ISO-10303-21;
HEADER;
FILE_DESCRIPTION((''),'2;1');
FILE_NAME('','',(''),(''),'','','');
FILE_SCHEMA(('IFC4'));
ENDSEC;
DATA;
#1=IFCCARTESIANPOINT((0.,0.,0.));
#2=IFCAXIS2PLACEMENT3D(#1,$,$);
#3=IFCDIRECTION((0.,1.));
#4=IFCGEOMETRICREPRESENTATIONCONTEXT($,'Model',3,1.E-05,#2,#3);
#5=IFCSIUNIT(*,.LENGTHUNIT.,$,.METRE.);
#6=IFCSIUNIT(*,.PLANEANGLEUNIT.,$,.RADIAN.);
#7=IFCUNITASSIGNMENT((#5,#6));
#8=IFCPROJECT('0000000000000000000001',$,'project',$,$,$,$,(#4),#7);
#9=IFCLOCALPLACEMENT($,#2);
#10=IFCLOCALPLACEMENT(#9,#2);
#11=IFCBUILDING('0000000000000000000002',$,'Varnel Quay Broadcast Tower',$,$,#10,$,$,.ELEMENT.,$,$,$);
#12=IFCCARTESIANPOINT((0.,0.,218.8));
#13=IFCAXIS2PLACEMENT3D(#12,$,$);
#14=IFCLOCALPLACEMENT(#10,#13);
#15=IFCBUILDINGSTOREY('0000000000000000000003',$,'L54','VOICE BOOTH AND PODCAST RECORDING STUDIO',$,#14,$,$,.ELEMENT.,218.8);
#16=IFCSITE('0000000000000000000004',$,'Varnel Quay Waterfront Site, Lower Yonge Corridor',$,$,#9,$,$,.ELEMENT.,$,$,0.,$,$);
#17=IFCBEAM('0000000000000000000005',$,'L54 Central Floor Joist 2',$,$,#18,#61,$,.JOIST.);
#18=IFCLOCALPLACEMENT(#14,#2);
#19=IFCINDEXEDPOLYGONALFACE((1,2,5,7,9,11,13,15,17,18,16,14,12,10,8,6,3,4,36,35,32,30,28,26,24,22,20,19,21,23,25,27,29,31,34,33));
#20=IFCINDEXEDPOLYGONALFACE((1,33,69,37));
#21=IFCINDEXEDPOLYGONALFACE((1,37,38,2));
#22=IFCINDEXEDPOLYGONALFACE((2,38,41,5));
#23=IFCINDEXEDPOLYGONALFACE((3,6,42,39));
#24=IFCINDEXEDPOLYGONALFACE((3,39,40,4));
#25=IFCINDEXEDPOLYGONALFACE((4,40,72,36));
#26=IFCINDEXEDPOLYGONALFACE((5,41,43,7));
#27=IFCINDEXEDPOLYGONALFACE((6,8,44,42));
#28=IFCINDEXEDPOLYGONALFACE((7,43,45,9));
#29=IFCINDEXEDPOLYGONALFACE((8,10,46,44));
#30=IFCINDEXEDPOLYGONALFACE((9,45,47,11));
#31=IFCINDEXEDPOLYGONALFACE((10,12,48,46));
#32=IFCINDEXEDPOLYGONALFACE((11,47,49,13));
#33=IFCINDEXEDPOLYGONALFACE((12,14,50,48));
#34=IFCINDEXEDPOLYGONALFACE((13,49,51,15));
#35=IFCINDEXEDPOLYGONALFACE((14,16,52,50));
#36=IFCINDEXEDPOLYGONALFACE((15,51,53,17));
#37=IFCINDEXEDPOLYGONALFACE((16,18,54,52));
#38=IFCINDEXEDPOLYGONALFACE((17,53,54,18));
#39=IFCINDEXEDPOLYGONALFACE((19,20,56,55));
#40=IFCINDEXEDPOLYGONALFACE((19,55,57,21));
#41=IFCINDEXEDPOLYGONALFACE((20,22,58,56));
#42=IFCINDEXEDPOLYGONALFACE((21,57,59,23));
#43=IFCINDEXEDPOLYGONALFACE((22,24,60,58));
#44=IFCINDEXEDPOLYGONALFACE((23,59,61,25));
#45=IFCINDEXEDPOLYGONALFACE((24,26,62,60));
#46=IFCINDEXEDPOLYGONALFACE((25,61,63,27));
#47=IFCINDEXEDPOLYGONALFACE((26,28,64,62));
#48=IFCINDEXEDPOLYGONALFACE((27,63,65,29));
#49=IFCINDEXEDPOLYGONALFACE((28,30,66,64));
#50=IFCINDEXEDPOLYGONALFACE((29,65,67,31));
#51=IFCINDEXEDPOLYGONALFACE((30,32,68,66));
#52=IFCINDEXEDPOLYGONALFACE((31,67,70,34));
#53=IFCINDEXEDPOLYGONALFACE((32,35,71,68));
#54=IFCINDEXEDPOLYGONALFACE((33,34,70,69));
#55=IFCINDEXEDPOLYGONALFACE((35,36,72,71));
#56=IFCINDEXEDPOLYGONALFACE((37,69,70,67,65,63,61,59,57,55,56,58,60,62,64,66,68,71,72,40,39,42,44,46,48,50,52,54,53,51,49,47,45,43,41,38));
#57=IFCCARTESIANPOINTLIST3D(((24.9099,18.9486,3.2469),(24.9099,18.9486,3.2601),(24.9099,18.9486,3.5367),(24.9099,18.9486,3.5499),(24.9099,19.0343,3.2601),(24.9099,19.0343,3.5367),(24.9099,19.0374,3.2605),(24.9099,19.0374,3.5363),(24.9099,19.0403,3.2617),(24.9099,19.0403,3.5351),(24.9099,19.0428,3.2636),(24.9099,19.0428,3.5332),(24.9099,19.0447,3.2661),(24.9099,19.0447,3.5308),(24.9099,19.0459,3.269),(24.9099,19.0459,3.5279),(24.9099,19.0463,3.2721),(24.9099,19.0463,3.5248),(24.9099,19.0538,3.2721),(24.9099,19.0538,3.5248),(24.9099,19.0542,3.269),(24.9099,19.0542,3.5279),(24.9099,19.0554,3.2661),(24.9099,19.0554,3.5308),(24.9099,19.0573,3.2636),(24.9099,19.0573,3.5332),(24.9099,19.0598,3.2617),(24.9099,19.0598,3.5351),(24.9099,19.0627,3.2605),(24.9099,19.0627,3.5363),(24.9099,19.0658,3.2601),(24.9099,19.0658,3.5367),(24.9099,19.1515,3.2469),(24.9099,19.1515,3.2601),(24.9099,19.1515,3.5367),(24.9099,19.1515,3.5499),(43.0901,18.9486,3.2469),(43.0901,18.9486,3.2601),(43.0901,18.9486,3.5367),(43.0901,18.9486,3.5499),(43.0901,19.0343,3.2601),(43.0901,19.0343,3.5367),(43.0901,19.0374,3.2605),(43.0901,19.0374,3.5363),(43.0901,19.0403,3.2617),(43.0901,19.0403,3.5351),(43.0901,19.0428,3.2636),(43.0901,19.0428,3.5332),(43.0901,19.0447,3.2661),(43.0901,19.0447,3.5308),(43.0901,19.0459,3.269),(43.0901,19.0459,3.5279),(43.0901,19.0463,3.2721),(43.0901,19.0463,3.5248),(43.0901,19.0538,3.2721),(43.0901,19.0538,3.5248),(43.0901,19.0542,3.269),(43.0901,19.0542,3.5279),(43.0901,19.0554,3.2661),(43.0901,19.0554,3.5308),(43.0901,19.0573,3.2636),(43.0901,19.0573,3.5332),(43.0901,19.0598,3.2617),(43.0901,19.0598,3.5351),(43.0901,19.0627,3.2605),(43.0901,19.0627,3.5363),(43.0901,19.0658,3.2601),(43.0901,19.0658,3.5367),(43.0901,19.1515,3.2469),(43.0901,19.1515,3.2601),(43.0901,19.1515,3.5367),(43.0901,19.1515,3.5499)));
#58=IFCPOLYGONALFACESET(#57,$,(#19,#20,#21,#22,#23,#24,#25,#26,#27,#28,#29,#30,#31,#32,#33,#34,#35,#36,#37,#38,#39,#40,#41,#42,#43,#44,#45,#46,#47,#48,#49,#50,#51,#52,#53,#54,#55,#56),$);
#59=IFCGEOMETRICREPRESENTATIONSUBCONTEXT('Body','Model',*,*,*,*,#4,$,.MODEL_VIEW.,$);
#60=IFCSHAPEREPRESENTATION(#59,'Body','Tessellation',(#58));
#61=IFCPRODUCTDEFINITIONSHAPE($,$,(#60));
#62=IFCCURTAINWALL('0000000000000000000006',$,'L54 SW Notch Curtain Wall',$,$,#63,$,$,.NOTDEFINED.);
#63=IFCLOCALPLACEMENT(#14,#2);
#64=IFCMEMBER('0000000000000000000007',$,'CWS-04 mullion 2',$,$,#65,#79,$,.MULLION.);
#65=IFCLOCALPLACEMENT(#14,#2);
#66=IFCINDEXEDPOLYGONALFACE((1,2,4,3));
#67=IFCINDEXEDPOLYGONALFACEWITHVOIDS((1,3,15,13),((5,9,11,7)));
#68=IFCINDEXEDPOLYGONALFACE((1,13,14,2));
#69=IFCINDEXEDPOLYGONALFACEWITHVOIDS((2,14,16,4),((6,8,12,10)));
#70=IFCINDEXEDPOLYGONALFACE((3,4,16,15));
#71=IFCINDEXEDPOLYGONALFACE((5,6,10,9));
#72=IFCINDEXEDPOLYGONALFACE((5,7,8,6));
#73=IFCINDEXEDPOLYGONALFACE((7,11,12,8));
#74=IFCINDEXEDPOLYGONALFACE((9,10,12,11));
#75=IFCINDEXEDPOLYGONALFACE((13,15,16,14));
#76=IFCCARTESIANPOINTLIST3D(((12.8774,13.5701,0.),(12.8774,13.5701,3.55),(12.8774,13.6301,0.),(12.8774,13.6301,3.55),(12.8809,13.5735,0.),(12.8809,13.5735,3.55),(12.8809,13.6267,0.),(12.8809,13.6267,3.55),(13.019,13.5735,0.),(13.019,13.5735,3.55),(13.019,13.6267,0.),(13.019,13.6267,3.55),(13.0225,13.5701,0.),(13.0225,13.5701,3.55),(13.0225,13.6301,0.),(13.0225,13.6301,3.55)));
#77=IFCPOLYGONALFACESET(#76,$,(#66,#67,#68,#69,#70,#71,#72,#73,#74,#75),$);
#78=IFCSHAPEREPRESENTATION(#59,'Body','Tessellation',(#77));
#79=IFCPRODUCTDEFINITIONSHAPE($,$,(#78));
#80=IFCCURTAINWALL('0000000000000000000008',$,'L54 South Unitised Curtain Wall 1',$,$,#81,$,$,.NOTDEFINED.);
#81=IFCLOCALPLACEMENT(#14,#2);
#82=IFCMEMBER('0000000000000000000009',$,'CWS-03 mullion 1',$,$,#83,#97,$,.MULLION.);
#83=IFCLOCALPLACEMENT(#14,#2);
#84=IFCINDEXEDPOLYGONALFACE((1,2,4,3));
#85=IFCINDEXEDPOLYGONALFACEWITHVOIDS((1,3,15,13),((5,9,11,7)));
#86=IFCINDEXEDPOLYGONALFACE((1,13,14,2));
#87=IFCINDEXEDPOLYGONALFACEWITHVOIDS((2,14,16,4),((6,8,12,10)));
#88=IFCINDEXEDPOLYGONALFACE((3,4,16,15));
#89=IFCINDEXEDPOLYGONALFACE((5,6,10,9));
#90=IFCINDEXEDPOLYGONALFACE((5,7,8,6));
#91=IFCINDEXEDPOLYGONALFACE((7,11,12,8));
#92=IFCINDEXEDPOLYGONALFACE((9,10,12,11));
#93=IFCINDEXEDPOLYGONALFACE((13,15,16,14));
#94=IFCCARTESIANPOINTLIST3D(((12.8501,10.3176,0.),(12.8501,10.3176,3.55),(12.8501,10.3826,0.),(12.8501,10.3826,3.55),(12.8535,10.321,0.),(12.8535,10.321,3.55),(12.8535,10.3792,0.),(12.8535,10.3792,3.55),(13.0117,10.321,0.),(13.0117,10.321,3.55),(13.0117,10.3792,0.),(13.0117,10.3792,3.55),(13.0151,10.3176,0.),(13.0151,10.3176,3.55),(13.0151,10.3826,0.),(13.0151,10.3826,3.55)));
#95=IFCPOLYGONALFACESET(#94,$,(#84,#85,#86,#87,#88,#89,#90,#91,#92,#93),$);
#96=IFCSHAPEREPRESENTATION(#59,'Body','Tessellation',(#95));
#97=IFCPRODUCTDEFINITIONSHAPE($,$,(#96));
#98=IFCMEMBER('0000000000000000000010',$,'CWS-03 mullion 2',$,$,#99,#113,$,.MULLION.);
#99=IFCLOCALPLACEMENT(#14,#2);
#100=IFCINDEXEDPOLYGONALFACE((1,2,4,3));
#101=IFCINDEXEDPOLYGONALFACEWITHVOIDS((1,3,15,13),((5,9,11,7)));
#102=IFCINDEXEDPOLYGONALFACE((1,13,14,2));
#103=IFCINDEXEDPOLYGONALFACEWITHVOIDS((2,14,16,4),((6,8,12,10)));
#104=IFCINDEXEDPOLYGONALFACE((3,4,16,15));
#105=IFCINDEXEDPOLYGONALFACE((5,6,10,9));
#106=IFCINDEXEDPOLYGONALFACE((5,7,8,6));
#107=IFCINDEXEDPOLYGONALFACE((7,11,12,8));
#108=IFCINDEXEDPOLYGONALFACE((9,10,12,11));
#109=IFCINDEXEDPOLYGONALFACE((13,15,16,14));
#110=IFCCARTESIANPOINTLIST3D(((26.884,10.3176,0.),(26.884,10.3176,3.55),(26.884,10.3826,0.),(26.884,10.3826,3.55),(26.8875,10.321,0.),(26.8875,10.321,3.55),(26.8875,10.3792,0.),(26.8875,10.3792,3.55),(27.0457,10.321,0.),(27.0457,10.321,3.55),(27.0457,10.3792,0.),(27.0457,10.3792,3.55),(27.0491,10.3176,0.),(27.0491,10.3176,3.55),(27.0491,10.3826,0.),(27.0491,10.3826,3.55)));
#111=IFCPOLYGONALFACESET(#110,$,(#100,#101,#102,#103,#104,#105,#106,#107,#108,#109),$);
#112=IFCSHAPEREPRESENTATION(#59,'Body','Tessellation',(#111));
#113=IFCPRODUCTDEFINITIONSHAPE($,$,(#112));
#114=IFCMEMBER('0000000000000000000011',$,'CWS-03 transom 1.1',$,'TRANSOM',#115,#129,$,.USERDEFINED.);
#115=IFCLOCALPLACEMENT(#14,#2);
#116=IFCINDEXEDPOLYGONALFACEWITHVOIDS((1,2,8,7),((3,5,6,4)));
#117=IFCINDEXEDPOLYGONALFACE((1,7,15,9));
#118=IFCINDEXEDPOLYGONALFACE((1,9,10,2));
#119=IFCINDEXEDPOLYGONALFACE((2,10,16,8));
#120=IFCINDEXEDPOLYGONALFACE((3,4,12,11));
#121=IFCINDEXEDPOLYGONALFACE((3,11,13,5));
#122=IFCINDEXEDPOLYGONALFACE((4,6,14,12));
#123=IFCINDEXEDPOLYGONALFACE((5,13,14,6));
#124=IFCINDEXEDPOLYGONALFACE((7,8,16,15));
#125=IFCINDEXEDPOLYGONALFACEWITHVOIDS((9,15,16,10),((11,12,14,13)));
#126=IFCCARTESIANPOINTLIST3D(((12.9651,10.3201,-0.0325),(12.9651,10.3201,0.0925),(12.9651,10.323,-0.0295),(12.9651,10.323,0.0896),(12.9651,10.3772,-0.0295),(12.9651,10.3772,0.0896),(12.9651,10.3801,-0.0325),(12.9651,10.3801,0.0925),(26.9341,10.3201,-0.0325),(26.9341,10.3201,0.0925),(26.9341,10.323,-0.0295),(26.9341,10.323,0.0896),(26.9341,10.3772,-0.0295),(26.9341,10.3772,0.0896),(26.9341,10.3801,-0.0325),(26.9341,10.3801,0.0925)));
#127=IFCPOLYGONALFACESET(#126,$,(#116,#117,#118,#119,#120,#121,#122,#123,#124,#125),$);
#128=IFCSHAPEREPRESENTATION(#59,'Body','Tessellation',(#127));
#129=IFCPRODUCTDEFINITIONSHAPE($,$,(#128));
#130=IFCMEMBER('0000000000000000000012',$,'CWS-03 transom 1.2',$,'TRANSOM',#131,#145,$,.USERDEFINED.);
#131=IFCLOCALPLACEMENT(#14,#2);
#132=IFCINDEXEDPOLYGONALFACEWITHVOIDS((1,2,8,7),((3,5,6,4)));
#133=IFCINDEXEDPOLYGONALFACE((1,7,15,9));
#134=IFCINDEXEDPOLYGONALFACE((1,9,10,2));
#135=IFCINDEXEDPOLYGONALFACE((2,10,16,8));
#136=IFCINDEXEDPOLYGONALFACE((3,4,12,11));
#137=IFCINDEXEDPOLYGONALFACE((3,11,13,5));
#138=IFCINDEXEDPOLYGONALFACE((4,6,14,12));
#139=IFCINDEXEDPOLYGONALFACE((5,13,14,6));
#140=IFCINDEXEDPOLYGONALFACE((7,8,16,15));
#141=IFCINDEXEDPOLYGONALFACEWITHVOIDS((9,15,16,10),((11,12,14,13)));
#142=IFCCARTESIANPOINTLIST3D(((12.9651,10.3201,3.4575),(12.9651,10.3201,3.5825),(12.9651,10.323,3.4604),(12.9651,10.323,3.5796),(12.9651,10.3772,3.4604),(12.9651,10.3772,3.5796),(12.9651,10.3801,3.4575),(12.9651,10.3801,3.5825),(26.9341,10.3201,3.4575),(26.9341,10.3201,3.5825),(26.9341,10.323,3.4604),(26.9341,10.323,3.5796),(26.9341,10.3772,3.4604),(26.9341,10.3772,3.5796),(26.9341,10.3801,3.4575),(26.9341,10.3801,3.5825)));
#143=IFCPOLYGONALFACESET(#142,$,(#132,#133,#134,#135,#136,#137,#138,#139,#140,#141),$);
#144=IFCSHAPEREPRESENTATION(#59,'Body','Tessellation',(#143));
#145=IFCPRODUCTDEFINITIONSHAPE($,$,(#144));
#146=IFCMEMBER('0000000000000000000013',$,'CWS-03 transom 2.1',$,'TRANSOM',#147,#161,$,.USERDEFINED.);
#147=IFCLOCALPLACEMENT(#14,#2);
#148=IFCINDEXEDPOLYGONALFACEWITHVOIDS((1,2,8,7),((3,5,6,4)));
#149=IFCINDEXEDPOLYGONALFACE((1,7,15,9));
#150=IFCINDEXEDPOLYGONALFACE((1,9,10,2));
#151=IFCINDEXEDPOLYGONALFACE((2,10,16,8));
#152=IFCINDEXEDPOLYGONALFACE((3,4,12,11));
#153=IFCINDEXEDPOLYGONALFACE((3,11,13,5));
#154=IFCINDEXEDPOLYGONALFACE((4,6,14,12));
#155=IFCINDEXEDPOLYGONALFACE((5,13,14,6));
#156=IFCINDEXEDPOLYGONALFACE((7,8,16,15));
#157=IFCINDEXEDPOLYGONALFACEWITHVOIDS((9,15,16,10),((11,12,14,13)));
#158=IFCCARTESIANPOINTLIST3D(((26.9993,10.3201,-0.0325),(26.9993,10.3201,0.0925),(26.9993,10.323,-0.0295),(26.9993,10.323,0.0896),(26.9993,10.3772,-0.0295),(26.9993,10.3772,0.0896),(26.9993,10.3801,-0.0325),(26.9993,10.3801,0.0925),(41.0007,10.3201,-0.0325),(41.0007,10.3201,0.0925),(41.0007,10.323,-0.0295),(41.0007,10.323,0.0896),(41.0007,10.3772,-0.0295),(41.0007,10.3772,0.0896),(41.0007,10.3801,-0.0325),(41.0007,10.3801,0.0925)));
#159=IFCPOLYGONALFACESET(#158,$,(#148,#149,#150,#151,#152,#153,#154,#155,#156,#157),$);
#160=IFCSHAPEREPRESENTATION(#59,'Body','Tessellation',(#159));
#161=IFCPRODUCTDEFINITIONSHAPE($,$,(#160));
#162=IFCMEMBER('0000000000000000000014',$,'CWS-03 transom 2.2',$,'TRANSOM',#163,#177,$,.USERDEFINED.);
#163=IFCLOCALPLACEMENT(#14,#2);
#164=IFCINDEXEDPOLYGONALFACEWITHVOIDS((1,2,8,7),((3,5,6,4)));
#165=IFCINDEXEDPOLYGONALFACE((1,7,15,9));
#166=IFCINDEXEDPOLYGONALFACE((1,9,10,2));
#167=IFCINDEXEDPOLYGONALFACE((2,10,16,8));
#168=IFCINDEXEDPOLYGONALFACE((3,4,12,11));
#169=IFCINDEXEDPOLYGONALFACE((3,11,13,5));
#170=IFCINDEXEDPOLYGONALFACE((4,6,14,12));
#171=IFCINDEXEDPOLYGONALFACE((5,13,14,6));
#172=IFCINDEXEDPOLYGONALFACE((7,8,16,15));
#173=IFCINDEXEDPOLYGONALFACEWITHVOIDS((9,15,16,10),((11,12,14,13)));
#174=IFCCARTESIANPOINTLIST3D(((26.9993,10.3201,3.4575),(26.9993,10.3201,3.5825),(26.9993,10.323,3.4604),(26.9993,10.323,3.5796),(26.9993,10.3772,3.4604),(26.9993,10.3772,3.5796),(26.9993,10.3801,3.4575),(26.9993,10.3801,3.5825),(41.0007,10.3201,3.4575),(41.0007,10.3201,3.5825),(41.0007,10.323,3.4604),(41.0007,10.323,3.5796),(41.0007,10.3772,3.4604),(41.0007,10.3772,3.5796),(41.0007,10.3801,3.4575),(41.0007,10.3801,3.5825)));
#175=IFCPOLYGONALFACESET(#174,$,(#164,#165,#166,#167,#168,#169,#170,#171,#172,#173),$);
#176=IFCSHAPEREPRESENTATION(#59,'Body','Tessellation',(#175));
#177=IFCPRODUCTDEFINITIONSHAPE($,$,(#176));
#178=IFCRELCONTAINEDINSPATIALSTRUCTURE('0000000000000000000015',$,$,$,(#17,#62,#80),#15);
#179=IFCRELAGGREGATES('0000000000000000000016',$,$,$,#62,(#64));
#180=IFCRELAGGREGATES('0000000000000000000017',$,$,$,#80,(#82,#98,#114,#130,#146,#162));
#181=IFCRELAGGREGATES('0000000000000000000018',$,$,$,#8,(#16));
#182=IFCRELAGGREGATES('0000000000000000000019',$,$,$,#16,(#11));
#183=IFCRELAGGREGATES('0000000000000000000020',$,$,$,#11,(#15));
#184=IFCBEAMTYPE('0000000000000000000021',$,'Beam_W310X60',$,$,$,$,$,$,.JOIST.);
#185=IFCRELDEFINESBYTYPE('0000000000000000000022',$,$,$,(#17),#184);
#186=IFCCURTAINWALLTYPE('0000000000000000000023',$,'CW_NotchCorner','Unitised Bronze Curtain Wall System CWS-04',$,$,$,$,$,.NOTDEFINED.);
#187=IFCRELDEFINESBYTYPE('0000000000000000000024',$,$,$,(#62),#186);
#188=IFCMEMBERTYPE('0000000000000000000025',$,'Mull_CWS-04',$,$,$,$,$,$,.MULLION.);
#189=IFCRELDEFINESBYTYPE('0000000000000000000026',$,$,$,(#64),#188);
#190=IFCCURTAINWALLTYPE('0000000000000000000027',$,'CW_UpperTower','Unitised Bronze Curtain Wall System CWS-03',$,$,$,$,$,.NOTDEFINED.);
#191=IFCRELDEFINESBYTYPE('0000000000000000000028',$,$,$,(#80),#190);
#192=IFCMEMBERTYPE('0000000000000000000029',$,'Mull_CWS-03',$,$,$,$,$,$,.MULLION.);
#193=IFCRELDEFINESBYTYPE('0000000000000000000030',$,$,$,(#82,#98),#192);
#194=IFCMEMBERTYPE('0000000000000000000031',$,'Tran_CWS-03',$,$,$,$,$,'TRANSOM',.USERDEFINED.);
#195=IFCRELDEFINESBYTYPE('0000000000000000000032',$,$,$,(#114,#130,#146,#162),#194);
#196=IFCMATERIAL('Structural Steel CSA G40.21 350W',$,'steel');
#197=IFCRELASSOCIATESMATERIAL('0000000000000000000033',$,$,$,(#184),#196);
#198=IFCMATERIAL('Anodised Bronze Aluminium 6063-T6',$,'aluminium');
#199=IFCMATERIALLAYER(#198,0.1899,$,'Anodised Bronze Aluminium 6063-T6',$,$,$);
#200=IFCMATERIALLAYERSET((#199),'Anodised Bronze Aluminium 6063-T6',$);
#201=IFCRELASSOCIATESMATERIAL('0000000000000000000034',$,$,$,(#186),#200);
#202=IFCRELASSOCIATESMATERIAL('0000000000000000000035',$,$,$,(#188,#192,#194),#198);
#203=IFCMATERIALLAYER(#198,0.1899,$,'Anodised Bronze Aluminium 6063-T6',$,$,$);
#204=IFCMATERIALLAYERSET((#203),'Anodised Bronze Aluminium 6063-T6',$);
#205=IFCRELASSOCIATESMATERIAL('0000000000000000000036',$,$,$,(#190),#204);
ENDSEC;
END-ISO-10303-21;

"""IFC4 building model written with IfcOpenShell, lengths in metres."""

from ifc_helpers import new_model, si_unit, direction, frame, origin, origin_2d, place, context, subcontext, project, spatial, hollow_rectangle, i_section, extrude, source, transform, mapped, material, layer, layer_set, material_profile, profile_set, type_object, type_shapes, element, aggregate, save


model = new_model("IFC4")

# Units and contexts
model_context = context("Model", 3, precision=1e-05, world=origin(), true_north=direction((0.0, 1.0)))
body_context = subcontext(model_context, "Body", "Model", "MODEL_VIEW")
ifc_project = project(units=[si_unit("LENGTHUNIT", "METRE"), si_unit("PLANEANGLEUNIT", "RADIAN")], contexts=[model_context])

# Site, building, storey
site_placement = place(None, origin())
site = spatial("IfcSite", under=ifc_project, at=site_placement, Name="Varnel Quay Waterfront Site, Lower Yonge Corridor", CompositionType="ELEMENT", RefElevation=0.0)
building_placement = place(site_placement, origin())
building = spatial("IfcBuilding", under=site, at=building_placement, Name="Varnel Quay Broadcast Tower", CompositionType="ELEMENT")
storey_placement = place(building_placement, frame((0.0, 0.0, 218.8)))
storey = spatial("IfcBuildingStorey", under=building, at=storey_placement, Name="L54", Description="VOICE BOOTH AND PODCAST RECORDING STUDIO", CompositionType="ELEMENT", Elevation=218.8)

# Shared definitions
ifc_material_1 = material(Name="Structural Steel CSA G40.21 350W", Category="steel")

# Beam
ifc_material_profile_1 = material_profile(ifc_material_1, i_section(OverallWidth=0.2029, OverallDepth=0.303, WebThickness=0.0076, FlangeThickness=0.0132, FilletRadius=0.012, at=origin_2d()), Name="W310X60")
ifc_profile_set_1 = profile_set([ifc_material_profile_1], Name="Structural Steel CSA G40.21 350W")
beam_type_1 = type_object("IfcBeamType", Name="Beam_W310X60", PredefinedType="JOIST", material=ifc_profile_set_1)
shared_shape_1 = source(origin(), body_context, "Body", "SweptSolid", [
    extrude(i_section(OverallWidth=0.2029, OverallDepth=0.303, WebThickness=0.0076, FlangeThickness=0.0132, FilletRadius=0.012, at=origin_2d()), origin(), (0.0, 0.0, 1.0), 18.1802),
])
beam_1_placement = place(storey_placement, frame((24.9099, 19.05, 3.3984), z_axis=(1.0, 0.0, 0.0), x_axis=(0.0, 1.0, 0.0)))
element("IfcBeam", 1, at=beam_1_placement, inside=storey, type_object=beam_type_1, Name="L54 Central Floor Joist 2", PredefinedType="JOIST", context=body_context, shape_type="MappedRepresentation", body=[
    mapped(shared_shape_1, transform((0.0, 0.0, 0.0), x_axis=(1.0, 0.0, 0.0), y_axis=(0.0, 1.0, 0.0), z_axis=(0.0, 0.0, 1.0), scale=1.0)),
])

# Curtain wall, member
ifc_material_2 = material(Name="Anodised Bronze Aluminium 6063-T6", Category="aluminium")
ifc_layer_1 = layer(ifc_material_2, 0.1899, Name="Anodised Bronze Aluminium 6063-T6")
ifc_layer_set_1 = layer_set([ifc_layer_1], Name="Anodised Bronze Aluminium 6063-T6")
curtain_wall_type_1 = type_object("IfcCurtainWallType", Name="CW_NotchCorner", Description="Unitised Bronze Curtain Wall System CWS-04", PredefinedType="NOTDEFINED", material=ifc_layer_set_1)
curtain_wall_1_placement = place(storey_placement, origin())
curtain_wall_1 = element("IfcCurtainWall", 2, at=curtain_wall_1_placement, inside=storey, type_object=curtain_wall_type_1, Name="L54 SW Notch Curtain Wall", PredefinedType="NOTDEFINED")
ifc_material_profile_2 = material_profile(ifc_material_2, hollow_rectangle(XDim=0.0601, YDim=0.145, WallThickness=0.0034, at=origin_2d()), Name="ALU60X145X3.5")
ifc_profile_set_2 = profile_set([ifc_material_profile_2], Name="Anodised Bronze Aluminium 6063-T6")
member_type_1 = type_object("IfcMemberType", Name="Mull_CWS-04", PredefinedType="MULLION", material=ifc_profile_set_2)
shared_shape_2 = source(origin(), body_context, "Body", "SweptSolid", [
    extrude(hollow_rectangle(XDim=0.0601, YDim=0.145, WallThickness=0.0034, at=origin_2d()), origin(), (0.0, 0.0, 1.0), 3.55),
])
type_shapes(member_type_1, [shared_shape_2])
member_1_placement = place(storey_placement, frame((12.95, 13.6001, 0.0), z_axis=(0.0, 0.0, 1.0), x_axis=(0.0, 1.0, 0.0)))
member_1 = element("IfcMember", 3, at=member_1_placement, type_object=member_type_1, Name="CWS-04 mullion 2", PredefinedType="MULLION", context=body_context, shape_type="MappedRepresentation", body=[
    mapped(shared_shape_2, transform((0.0, 0.0, 0.0), x_axis=(1.0, 0.0, 0.0), y_axis=(0.0, 1.0, 0.0), z_axis=(0.0, 0.0, 1.0), scale=1.0)),
])

# Curtain wall, members
ifc_layer_2 = layer(ifc_material_2, 0.1899, Name="Anodised Bronze Aluminium 6063-T6")
ifc_layer_set_2 = layer_set([ifc_layer_2], Name="Anodised Bronze Aluminium 6063-T6")
curtain_wall_type_2 = type_object("IfcCurtainWallType", Name="CW_UpperTower", Description="Unitised Bronze Curtain Wall System CWS-03", PredefinedType="NOTDEFINED", material=ifc_layer_set_2)
curtain_wall_2_placement = place(storey_placement, origin())
curtain_wall_2 = element("IfcCurtainWall", 4, at=curtain_wall_2_placement, inside=storey, type_object=curtain_wall_type_2, Name="L54 South Unitised Curtain Wall 1", PredefinedType="NOTDEFINED")
ifc_material_profile_3 = material_profile(ifc_material_2, hollow_rectangle(XDim=0.0649, YDim=0.165, WallThickness=0.0034, at=origin_2d()), Name="ALU65X165X3.5")
ifc_profile_set_3 = profile_set([ifc_material_profile_3], Name="Anodised Bronze Aluminium 6063-T6")
member_type_2 = type_object("IfcMemberType", Name="Mull_CWS-03", PredefinedType="MULLION", material=ifc_profile_set_3)
shared_shape_3 = source(origin(), body_context, "Body", "SweptSolid", [
    extrude(hollow_rectangle(XDim=0.0649, YDim=0.165, WallThickness=0.0034, at=origin_2d()), origin(), (0.0, 0.0, 1.0), 3.55),
])
type_shapes(member_type_2, [shared_shape_3])
member_2_placement = place(storey_placement, frame((12.9326, 10.3501, 0.0), z_axis=(0.0, 0.0, 1.0), x_axis=(0.0, 1.0, 0.0)))
member_2 = element("IfcMember", 5, at=member_2_placement, type_object=member_type_2, Name="CWS-03 mullion 1", PredefinedType="MULLION", context=body_context, shape_type="MappedRepresentation", body=[
    mapped(shared_shape_3, transform((0.0, 0.0, 0.0), x_axis=(1.0, 0.0, 0.0), y_axis=(0.0, 1.0, 0.0), z_axis=(0.0, 0.0, 1.0), scale=1.0)),
])
member_3_placement = place(storey_placement, frame((26.9666, 10.3501, 0.0), z_axis=(0.0, 0.0, 1.0), x_axis=(0.0, 1.0, 0.0)))
member_3 = element("IfcMember", 6, at=member_3_placement, type_object=member_type_2, Name="CWS-03 mullion 2", PredefinedType="MULLION", context=body_context, shape_type="MappedRepresentation", body=[
    mapped(shared_shape_3, transform((0.0, 0.0, 0.0), x_axis=(1.0, 0.0, 0.0), y_axis=(0.0, 1.0, 0.0), z_axis=(0.0, 0.0, 1.0), scale=1.0)),
])
ifc_material_profile_4 = material_profile(ifc_material_2, hollow_rectangle(XDim=0.0601, YDim=0.125, WallThickness=0.0029, at=origin_2d()), Name="ALU60X125X3")
ifc_profile_set_4 = profile_set([ifc_material_profile_4], Name="Anodised Bronze Aluminium 6063-T6")
member_type_3 = type_object("IfcMemberType", Name="Tran_CWS-03", ElementType="TRANSOM", PredefinedType="USERDEFINED", material=ifc_profile_set_4)
shared_shape_4 = source(origin(), body_context, "Body", "SweptSolid", [
    extrude(hollow_rectangle(XDim=0.0601, YDim=0.125, WallThickness=0.0029, at=origin_2d()), origin(), (0.0, 0.0, 1.0), 13.969),
])
member_4_placement = place(storey_placement, frame((12.9651, 10.3501, 0.03), z_axis=(1.0, 0.0, 0.0), x_axis=(0.0, 1.0, 0.0)))
member_4 = element("IfcMember", 7, at=member_4_placement, type_object=member_type_3, Name="CWS-03 transom 1.1", ObjectType="TRANSOM", PredefinedType="USERDEFINED", context=body_context, shape_type="MappedRepresentation", body=[
    mapped(shared_shape_4, transform((0.0, 0.0, 0.0), x_axis=(1.0, 0.0, 0.0), y_axis=(0.0, 1.0, 0.0), z_axis=(0.0, 0.0, 1.0), scale=1.0)),
])
member_5_placement = place(storey_placement, frame((12.9651, 10.3501, 3.52), z_axis=(1.0, 0.0, 0.0), x_axis=(0.0, 1.0, 0.0)))
member_5 = element("IfcMember", 8, at=member_5_placement, type_object=member_type_3, Name="CWS-03 transom 1.2", ObjectType="TRANSOM", PredefinedType="USERDEFINED", context=body_context, shape_type="MappedRepresentation", body=[
    mapped(shared_shape_4, transform((0.0, 0.0, 0.0), x_axis=(1.0, 0.0, 0.0), y_axis=(0.0, 1.0, 0.0), z_axis=(0.0, 0.0, 1.0), scale=1.0)),
])
shared_shape_5 = source(origin(), body_context, "Body", "SweptSolid", [
    extrude(hollow_rectangle(XDim=0.0601, YDim=0.125, WallThickness=0.0029, at=origin_2d()), origin(), (0.0, 0.0, 1.0), 14.0015),
])
type_shapes(member_type_3, [shared_shape_4, shared_shape_5])
member_6_placement = place(storey_placement, frame((26.9993, 10.3501, 0.03), z_axis=(1.0, 0.0, 0.0), x_axis=(0.0, 1.0, 0.0)))
member_6 = element("IfcMember", 9, at=member_6_placement, type_object=member_type_3, Name="CWS-03 transom 2.1", ObjectType="TRANSOM", PredefinedType="USERDEFINED", context=body_context, shape_type="MappedRepresentation", body=[
    mapped(shared_shape_5, transform((0.0, 0.0, 0.0), x_axis=(1.0, 0.0, 0.0), y_axis=(0.0, 1.0, 0.0), z_axis=(0.0, 0.0, 1.0), scale=1.0)),
])
member_7_placement = place(storey_placement, frame((26.9993, 10.3501, 3.52), z_axis=(1.0, 0.0, 0.0), x_axis=(0.0, 1.0, 0.0)))
member_7 = element("IfcMember", 10, at=member_7_placement, type_object=member_type_3, Name="CWS-03 transom 2.2", ObjectType="TRANSOM", PredefinedType="USERDEFINED", context=body_context, shape_type="MappedRepresentation", body=[
    mapped(shared_shape_5, transform((0.0, 0.0, 0.0), x_axis=(1.0, 0.0, 0.0), y_axis=(0.0, 1.0, 0.0), z_axis=(0.0, 0.0, 1.0), scale=1.0)),
])

aggregate(curtain_wall_1, [member_1])
aggregate(curtain_wall_2, [member_2, member_3, member_4, member_5, member_6, member_7])

save(model, "model.ifc")
